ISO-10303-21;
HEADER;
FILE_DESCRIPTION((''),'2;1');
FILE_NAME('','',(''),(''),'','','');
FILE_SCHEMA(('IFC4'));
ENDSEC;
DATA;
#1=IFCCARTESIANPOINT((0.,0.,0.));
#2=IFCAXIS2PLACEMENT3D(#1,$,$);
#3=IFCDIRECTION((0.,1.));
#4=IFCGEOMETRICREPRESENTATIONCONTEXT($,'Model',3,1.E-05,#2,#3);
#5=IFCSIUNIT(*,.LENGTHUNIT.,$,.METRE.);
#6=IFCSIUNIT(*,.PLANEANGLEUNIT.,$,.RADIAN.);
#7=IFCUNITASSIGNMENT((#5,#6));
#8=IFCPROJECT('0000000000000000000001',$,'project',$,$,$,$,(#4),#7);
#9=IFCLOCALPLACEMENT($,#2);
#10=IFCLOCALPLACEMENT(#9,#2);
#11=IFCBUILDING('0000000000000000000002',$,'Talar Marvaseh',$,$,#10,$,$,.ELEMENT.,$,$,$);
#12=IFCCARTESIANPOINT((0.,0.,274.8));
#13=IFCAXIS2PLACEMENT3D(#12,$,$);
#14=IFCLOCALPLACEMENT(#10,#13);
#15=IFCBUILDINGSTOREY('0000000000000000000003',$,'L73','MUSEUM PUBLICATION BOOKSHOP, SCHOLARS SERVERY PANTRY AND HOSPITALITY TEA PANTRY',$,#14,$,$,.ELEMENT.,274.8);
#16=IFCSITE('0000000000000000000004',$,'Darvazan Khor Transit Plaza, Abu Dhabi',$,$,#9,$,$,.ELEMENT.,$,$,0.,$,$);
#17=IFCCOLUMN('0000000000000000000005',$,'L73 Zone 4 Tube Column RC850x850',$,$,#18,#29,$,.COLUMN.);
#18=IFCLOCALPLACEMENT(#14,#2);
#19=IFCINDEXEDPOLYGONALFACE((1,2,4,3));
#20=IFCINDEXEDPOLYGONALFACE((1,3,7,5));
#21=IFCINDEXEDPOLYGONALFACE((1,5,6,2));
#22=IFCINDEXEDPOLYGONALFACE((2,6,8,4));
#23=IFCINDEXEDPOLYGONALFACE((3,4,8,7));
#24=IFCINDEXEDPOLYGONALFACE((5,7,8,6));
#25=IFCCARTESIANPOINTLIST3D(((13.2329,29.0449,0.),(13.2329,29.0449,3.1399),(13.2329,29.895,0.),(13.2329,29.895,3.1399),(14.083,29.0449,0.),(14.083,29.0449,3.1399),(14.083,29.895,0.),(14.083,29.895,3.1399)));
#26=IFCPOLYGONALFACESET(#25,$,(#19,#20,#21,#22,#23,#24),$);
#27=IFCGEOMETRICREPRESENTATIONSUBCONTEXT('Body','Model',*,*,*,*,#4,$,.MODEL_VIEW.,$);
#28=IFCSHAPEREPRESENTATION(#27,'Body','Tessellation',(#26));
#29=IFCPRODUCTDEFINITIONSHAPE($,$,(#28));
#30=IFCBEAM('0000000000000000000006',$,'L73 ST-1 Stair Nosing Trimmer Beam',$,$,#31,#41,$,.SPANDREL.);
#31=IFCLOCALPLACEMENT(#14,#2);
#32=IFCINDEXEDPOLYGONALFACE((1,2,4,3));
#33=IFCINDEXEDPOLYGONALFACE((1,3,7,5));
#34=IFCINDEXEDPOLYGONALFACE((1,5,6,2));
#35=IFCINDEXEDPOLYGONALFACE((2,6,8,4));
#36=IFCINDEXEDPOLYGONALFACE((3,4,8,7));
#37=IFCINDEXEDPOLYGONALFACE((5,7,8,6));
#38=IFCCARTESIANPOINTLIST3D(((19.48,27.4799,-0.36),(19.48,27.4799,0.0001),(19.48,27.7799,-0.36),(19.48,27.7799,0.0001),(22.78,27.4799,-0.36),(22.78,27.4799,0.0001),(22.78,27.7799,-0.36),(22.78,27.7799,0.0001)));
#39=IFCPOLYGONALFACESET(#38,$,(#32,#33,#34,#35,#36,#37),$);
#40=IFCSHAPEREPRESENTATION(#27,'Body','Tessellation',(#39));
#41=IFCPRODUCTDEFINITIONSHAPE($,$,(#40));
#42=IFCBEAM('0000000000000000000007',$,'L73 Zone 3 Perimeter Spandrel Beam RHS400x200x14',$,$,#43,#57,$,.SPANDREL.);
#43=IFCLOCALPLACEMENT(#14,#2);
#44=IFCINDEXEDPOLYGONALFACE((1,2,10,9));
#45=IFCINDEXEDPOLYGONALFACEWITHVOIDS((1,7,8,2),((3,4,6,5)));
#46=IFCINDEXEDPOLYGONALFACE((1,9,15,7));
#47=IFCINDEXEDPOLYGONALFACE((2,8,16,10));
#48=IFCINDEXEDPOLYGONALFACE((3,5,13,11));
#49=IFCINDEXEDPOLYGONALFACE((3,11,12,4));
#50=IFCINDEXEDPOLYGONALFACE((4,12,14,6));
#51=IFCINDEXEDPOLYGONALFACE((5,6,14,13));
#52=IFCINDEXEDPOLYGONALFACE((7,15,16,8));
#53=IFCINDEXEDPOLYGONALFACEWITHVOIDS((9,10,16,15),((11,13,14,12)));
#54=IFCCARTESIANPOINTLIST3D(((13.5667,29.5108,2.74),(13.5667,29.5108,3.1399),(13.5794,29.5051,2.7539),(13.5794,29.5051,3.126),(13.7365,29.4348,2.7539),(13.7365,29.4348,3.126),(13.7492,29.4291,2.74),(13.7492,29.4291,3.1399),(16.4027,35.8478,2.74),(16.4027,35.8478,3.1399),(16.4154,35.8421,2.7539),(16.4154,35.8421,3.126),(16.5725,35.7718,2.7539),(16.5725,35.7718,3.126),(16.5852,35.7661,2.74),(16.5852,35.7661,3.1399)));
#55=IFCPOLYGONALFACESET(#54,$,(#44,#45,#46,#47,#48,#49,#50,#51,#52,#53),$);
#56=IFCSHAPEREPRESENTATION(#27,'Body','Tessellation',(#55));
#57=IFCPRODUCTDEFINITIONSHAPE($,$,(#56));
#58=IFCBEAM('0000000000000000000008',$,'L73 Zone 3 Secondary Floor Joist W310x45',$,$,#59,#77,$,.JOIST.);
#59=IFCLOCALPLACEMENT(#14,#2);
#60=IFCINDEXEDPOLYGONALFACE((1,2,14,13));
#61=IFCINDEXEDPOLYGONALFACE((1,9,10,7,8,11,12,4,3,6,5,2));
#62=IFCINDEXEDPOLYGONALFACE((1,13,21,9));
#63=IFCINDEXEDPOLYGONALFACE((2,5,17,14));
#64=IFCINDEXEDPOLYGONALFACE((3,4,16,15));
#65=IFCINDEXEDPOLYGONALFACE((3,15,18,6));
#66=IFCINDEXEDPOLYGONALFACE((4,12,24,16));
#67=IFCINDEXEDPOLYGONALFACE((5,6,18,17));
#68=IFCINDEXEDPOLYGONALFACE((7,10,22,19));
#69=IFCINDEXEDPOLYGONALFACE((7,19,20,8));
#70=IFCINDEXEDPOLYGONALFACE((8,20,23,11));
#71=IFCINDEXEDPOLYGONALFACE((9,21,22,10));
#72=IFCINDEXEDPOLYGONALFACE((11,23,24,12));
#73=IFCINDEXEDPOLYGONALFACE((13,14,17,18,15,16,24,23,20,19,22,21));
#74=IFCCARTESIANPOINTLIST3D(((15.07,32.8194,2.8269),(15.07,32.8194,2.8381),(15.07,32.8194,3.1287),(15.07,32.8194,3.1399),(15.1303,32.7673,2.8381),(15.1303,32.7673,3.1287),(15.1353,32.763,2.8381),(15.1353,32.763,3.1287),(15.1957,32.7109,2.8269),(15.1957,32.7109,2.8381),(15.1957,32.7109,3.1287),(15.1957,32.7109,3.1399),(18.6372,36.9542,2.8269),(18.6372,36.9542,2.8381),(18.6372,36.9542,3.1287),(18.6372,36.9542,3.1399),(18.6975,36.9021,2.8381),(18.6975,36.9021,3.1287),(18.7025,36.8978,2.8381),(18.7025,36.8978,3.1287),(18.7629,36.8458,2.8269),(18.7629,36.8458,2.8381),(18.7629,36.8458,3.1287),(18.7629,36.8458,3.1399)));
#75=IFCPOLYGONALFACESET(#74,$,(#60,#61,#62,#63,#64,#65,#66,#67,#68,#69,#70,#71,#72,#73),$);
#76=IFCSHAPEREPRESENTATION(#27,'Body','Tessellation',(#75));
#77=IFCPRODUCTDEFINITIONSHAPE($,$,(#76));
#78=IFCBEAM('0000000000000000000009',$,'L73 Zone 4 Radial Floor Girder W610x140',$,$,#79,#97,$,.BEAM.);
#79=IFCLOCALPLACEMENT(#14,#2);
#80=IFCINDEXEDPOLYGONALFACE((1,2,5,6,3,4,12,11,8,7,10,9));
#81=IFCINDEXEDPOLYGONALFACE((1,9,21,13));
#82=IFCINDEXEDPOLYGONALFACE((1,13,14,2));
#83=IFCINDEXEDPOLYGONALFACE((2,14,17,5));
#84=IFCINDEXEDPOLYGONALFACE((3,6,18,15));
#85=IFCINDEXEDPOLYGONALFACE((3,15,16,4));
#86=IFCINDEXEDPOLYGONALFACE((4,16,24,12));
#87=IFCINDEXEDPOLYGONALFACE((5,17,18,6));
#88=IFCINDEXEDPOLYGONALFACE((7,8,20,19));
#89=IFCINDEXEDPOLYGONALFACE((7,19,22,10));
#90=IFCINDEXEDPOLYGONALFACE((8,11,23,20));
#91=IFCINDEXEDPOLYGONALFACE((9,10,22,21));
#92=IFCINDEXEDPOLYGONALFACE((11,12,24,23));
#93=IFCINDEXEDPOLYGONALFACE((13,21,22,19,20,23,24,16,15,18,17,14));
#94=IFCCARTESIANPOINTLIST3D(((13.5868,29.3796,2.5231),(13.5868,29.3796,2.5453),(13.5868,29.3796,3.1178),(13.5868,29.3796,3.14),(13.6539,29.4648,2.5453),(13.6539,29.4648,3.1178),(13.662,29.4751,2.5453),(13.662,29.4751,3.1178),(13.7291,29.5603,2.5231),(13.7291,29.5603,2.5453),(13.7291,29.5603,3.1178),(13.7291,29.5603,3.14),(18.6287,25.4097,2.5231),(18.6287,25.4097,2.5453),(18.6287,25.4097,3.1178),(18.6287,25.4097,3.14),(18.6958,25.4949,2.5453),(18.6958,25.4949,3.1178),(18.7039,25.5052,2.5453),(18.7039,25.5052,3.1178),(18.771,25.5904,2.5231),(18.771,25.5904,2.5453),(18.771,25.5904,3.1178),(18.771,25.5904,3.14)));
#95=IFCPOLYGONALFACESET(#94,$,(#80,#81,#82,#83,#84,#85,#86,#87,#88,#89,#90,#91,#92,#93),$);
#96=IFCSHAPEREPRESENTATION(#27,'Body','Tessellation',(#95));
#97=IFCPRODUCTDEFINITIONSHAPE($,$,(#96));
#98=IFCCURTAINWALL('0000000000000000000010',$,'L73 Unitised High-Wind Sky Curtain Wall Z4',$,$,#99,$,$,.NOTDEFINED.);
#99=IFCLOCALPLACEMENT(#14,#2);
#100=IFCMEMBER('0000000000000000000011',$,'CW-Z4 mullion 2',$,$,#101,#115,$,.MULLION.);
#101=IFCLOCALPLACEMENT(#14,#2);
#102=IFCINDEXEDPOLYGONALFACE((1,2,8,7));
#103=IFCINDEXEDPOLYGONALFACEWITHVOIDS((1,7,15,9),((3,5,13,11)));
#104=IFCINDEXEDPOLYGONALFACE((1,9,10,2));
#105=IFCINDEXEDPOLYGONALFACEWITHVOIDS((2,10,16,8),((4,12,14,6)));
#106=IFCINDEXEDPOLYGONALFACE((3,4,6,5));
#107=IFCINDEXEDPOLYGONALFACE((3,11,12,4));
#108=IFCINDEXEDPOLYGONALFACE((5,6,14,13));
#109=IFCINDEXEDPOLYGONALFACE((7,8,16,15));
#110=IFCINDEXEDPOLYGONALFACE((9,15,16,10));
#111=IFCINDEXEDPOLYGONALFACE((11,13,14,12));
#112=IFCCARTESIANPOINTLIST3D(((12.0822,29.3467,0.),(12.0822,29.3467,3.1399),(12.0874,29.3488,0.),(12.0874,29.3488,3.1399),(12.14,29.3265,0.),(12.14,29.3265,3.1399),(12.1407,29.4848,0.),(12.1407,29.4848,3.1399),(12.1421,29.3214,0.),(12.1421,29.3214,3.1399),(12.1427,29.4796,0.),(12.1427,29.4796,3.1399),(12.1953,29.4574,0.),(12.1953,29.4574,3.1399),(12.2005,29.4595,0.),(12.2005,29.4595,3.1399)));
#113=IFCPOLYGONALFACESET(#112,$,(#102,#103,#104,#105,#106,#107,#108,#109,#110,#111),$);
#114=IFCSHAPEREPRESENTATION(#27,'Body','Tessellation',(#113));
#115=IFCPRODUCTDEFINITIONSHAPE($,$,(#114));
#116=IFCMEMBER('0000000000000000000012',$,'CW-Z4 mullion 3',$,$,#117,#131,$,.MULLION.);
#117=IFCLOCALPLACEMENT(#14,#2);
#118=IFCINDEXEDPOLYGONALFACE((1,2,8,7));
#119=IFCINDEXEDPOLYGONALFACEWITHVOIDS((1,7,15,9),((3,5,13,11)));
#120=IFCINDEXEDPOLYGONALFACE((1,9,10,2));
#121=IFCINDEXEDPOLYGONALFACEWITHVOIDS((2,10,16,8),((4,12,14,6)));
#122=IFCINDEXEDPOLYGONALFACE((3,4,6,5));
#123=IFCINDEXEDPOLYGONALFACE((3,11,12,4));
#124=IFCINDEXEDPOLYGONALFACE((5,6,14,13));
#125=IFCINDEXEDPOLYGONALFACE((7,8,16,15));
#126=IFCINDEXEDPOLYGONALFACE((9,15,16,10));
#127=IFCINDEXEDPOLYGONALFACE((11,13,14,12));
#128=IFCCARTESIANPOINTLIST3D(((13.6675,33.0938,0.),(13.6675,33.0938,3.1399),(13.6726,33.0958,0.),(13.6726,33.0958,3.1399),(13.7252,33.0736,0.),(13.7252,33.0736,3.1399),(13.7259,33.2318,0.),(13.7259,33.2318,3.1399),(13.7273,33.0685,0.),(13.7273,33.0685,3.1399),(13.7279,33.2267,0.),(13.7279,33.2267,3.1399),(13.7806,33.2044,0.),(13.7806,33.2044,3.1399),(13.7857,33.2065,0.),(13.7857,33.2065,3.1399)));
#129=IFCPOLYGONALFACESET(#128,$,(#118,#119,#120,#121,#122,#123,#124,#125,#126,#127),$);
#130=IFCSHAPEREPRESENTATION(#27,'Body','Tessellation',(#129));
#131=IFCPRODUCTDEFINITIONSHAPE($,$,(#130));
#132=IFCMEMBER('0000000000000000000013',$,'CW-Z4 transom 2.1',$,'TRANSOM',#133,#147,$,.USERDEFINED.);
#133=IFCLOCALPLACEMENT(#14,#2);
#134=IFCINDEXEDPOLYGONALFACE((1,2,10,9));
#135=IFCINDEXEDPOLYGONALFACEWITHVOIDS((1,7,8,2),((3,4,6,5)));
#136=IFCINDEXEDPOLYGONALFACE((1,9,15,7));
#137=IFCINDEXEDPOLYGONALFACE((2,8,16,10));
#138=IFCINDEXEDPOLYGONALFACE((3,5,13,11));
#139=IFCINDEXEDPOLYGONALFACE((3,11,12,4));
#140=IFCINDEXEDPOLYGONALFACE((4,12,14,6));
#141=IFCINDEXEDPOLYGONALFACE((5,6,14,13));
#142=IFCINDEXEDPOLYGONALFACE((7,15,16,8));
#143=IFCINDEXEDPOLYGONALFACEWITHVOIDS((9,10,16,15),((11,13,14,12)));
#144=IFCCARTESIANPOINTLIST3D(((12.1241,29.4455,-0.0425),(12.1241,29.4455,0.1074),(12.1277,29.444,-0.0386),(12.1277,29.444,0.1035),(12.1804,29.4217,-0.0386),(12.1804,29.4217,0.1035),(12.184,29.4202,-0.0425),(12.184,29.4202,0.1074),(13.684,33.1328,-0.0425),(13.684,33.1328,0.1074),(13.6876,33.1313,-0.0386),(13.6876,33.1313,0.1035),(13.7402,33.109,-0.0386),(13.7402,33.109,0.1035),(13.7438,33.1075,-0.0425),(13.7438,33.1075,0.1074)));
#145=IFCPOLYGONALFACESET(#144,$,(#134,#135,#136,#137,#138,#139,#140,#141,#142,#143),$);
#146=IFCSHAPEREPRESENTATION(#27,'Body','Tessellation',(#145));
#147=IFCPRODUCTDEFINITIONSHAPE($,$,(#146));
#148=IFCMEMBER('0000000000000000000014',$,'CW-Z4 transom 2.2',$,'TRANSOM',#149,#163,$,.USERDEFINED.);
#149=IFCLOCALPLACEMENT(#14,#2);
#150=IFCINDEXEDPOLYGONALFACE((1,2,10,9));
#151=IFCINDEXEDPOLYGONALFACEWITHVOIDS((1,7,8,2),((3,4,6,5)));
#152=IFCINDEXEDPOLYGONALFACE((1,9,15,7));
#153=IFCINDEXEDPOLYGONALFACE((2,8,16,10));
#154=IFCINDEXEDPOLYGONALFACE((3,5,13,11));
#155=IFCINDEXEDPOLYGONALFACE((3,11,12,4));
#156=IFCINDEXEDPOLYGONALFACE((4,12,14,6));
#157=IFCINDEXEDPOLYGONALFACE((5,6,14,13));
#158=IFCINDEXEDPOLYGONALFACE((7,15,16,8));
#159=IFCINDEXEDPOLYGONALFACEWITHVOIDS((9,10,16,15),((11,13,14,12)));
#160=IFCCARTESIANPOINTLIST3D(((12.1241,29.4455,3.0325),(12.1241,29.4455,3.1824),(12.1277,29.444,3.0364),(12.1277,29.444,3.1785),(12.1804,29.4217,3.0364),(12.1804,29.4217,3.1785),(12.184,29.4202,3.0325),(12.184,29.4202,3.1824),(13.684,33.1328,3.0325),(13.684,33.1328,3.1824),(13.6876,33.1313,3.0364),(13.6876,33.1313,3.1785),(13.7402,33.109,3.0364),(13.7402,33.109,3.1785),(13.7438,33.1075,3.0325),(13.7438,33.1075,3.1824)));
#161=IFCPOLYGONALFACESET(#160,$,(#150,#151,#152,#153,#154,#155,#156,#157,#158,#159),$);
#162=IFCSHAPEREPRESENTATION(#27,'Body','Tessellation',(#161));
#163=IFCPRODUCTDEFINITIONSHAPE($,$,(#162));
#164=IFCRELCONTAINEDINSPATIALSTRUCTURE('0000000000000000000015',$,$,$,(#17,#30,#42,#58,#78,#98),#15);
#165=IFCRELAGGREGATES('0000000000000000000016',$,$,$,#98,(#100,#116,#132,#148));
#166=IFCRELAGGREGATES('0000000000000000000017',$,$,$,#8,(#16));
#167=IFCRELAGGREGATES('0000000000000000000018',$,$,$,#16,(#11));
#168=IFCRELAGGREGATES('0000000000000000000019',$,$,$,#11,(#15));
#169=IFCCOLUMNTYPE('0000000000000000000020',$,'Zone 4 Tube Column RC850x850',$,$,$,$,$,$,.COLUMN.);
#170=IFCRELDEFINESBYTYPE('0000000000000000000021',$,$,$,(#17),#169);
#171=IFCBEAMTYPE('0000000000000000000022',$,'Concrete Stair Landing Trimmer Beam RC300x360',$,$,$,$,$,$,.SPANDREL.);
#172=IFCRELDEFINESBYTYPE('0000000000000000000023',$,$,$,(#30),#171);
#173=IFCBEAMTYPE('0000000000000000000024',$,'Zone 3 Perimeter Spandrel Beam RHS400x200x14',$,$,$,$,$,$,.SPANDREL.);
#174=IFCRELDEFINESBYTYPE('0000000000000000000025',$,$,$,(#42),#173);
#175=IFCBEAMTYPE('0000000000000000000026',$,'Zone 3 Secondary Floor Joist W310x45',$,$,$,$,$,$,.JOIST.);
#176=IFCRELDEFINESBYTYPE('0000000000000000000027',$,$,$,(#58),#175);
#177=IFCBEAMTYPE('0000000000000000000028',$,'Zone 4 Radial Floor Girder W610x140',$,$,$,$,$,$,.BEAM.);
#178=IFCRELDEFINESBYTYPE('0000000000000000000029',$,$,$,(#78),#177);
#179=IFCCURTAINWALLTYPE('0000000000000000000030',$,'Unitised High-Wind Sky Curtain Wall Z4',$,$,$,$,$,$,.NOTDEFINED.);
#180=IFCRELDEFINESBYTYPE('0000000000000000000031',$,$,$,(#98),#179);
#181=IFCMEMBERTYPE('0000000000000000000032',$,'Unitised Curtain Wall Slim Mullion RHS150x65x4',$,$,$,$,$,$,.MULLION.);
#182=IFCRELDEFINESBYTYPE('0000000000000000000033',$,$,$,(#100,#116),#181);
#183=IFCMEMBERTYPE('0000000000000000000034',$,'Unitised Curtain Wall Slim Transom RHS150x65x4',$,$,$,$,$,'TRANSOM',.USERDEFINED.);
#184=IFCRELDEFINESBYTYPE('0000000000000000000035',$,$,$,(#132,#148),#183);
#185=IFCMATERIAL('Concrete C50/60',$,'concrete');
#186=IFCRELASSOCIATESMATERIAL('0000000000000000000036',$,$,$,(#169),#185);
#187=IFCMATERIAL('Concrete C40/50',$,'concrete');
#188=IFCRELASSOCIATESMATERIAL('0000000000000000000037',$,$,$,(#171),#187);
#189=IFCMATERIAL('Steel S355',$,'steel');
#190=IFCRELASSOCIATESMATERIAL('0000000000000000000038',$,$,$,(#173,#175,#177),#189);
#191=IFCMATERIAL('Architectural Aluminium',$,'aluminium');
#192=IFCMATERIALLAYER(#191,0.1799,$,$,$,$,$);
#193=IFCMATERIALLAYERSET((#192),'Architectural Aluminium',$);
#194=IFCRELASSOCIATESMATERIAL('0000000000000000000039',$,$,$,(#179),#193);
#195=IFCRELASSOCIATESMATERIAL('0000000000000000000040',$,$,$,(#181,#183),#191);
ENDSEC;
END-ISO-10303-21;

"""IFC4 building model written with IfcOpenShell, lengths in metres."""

from ifc_helpers import new_model, si_unit, direction, frame, origin, origin_2d, place, context, subcontext, project, spatial, rectangle, hollow_rectangle, i_section, extrude, source, transform, mapped, material, layer, layer_set, material_profile, profile_set, type_object, type_shapes, element, aggregate, save


model = new_model("IFC4")

# Units and contexts
model_context = context("Model", 3, precision=1e-05, world=origin(), true_north=direction((0.0, 1.0)))
body_context = subcontext(model_context, "Body", "Model", "MODEL_VIEW")
ifc_project = project(units=[si_unit("LENGTHUNIT", "METRE"), si_unit("PLANEANGLEUNIT", "RADIAN")], contexts=[model_context])

# Site, building, storey
site_placement = place(None, origin())
site = spatial("IfcSite", under=ifc_project, at=site_placement, Name="Darvazan Khor Transit Plaza, Abu Dhabi", CompositionType="ELEMENT", RefElevation=0.0)
building_placement = place(site_placement, origin())
building = spatial("IfcBuilding", under=site, at=building_placement, Name="Talar Marvaseh", CompositionType="ELEMENT")
storey_placement = place(building_placement, frame((0.0, 0.0, 274.8)))
storey = spatial("IfcBuildingStorey", under=building, at=storey_placement, Name="L73", Description="MUSEUM PUBLICATION BOOKSHOP, SCHOLARS SERVERY PANTRY AND HOSPITALITY TEA PANTRY", CompositionType="ELEMENT", Elevation=274.8)

# Column
ifc_material_1 = material(Name="Concrete C50/60", Category="concrete")
ifc_material_profile_1 = material_profile(ifc_material_1, rectangle(XDim=0.8501, YDim=0.8501, at=origin_2d()), Name="RC850x850")
ifc_profile_set_1 = profile_set([ifc_material_profile_1], Name="Concrete C50/60")
column_type = type_object("IfcColumnType", Name="Zone 4 Tube Column RC850x850", PredefinedType="COLUMN", material=ifc_profile_set_1)
column_placement = place(storey_placement, frame((13.658, 29.47, 0.0), z_axis=(0.0, 0.0, 1.0), x_axis=(1.0, 0.0, 0.0)))
element("IfcColumn", 1, at=column_placement, inside=storey, type_object=column_type, Name="L73 Zone 4 Tube Column RC850x850", PredefinedType="COLUMN", context=body_context, shape_type="SweptSolid", body=[
    extrude(rectangle(XDim=0.8501, YDim=0.8501, at=origin_2d()), origin(), (0.0, 0.0, 1.0), 3.1399),
])

# Beams
ifc_material_2 = material(Name="Concrete C40/50", Category="concrete")
ifc_material_profile_2 = material_profile(ifc_material_2, rectangle(XDim=0.3, YDim=0.3601, at=origin_2d()), Name="RC300x360")
ifc_profile_set_2 = profile_set([ifc_material_profile_2], Name="Concrete C40/50")
beam_type_1 = type_object("IfcBeamType", Name="Concrete Stair Landing Trimmer Beam RC300x360", PredefinedType="SPANDREL", material=ifc_profile_set_2)
beam_1_placement = place(storey_placement, frame((22.78, 27.6299, -0.1799), z_axis=(-1.0, 0.0, 0.0), x_axis=(0.0, -1.0, 0.0)))
element("IfcBeam", 2, at=beam_1_placement, inside=storey, type_object=beam_type_1, Name="L73 ST-1 Stair Nosing Trimmer Beam", PredefinedType="SPANDREL", context=body_context, shape_type="SweptSolid", body=[
    extrude(rectangle(XDim=0.3, YDim=0.3601, at=origin_2d()), origin(), (0.0, 0.0, 1.0), 3.3),
])
ifc_material_3 = material(Name="Steel S355", Category="steel")
ifc_material_profile_3 = material_profile(ifc_material_3, hollow_rectangle(XDim=0.2, YDim=0.3999, WallThickness=0.0139, at=origin_2d()), Name="RHS400x200x14")
ifc_profile_set_3 = profile_set([ifc_material_profile_3], Name="Steel S355")
beam_type_2 = type_object("IfcBeamType", Name="Zone 3 Perimeter Spandrel Beam RHS400x200x14", PredefinedType="SPANDREL", material=ifc_profile_set_3)
beam_2_placement = place(storey_placement, frame((13.658, 29.47, 2.9399), z_axis=(0.408486, 0.912764, 0.0), x_axis=(-0.912764, 0.408486, 0.0)))
element("IfcBeam", 3, at=beam_2_placement, inside=storey, type_object=beam_type_2, Name="L73 Zone 3 Perimeter Spandrel Beam RHS400x200x14", PredefinedType="SPANDREL", context=body_context, shape_type="SweptSolid", body=[
    extrude(hollow_rectangle(XDim=0.2, YDim=0.3999, WallThickness=0.0139, at=origin_2d()), origin(), (0.0, 0.0, 1.0), 6.9426),
])
ifc_material_profile_4 = material_profile(ifc_material_3, i_section(OverallWidth=0.166, OverallDepth=0.313, WebThickness=0.0066, FlangeThickness=0.0112, at=origin_2d()), Name="W310x45")
ifc_profile_set_4 = profile_set([ifc_material_profile_4], Name="Steel S355")
beam_type_3 = type_object("IfcBeamType", Name="Zone 3 Secondary Floor Joist W310x45", PredefinedType="JOIST", material=ifc_profile_set_4)
beam_3_placement = place(storey_placement, frame((15.1328, 32.7651, 2.9834), z_axis=(0.653222, 0.757167, 0.0), x_axis=(-0.757167, 0.653222, 0.0)))
element("IfcBeam", 4, at=beam_3_placement, inside=storey, type_object=beam_type_3, Name="L73 Zone 3 Secondary Floor Joist W310x45", PredefinedType="JOIST", context=body_context, shape_type="SweptSolid", body=[
    extrude(i_section(OverallWidth=0.166, OverallDepth=0.313, WebThickness=0.0066, FlangeThickness=0.0112, at=origin_2d()), origin(), (0.0, 0.0, 1.0), 5.4609),
])
ifc_material_profile_5 = material_profile(ifc_material_3, i_section(OverallWidth=0.23, OverallDepth=0.6169, WebThickness=0.0132, FlangeThickness=0.0222, at=origin_2d()), Name="W610x140")
ifc_profile_set_5 = profile_set([ifc_material_profile_5], Name="Steel S355")
beam_type_4 = type_object("IfcBeamType", Name="Zone 4 Radial Floor Girder W610x140", PredefinedType="BEAM", material=ifc_profile_set_5)
beam_4_placement = place(storey_placement, frame((13.658, 29.47, 2.8315), z_axis=(0.785682, -0.618631, 0.0), x_axis=(0.618631, 0.785682, 0.0)))
element("IfcBeam", 5, at=beam_4_placement, inside=storey, type_object=beam_type_4, Name="L73 Zone 4 Radial Floor Girder W610x140", PredefinedType="BEAM", context=body_context, shape_type="SweptSolid", body=[
    extrude(i_section(OverallWidth=0.23, OverallDepth=0.6169, WebThickness=0.0132, FlangeThickness=0.0222, at=origin_2d()), origin(), (0.0, 0.0, 1.0), 6.4172),
])

# Curtain wall, members
ifc_material_4 = material(Name="Architectural Aluminium", Category="aluminium")
ifc_layer_1 = layer(ifc_material_4, 0.1799)
ifc_layer_set_1 = layer_set([ifc_layer_1], Name="Architectural Aluminium")
curtain_wall_type = type_object("IfcCurtainWallType", Name="Unitised High-Wind Sky Curtain Wall Z4", PredefinedType="NOTDEFINED", material=ifc_layer_set_1)
curtain_wall_placement = place(storey_placement, origin())
curtain_wall = element("IfcCurtainWall", 6, at=curtain_wall_placement, inside=storey, type_object=curtain_wall_type, Name="L73 Unitised High-Wind Sky Curtain Wall Z4", PredefinedType="NOTDEFINED")
ifc_material_profile_6 = material_profile(ifc_material_4, hollow_rectangle(XDim=0.0649, YDim=0.1499, WallThickness=0.0039, at=origin_2d()), Name="RHS150x65x4")
ifc_profile_set_6 = profile_set([ifc_material_profile_6], Name="Architectural Aluminium")
member_type_1 = type_object("IfcMemberType", Name="Unitised Curtain Wall Slim Mullion RHS150x65x4", PredefinedType="MULLION", material=ifc_profile_set_6)
shared_shape_1 = source(origin(), body_context, "Body", "SweptSolid", [
    extrude(hollow_rectangle(XDim=0.0649, YDim=0.1499, WallThickness=0.0039, at=origin_2d()), origin(), (0.0, 0.0, 1.0), 3.1399),
])
type_shapes(member_type_1, [shared_shape_1])
member_1_placement = place(storey_placement, frame((12.1414, 29.4031, 0.0), z_axis=(0.0, 0.0, 1.0), x_axis=(-0.920968, 0.389638, 0.0)))
member_1 = element("IfcMember", 7, at=member_1_placement, type_object=member_type_1, Name="CW-Z4 mullion 2", PredefinedType="MULLION", context=body_context, shape_type="MappedRepresentation", body=[
    mapped(shared_shape_1, transform((0.0, 0.0, 0.0), x_axis=(1.0, 0.0, 0.0), y_axis=(0.0, 1.0, 0.0), z_axis=(0.0, 0.0, 1.0), scale=1.0)),
])
member_2_placement = place(storey_placement, frame((13.7266, 33.1501, 0.0), z_axis=(0.0, 0.0, 1.0), x_axis=(-0.920968, 0.389638, 0.0)))
member_2 = element("IfcMember", 8, at=member_2_placement, type_object=member_type_1, Name="CW-Z4 mullion 3", PredefinedType="MULLION", context=body_context, shape_type="MappedRepresentation", body=[
    mapped(shared_shape_1, transform((0.0, 0.0, 0.0), x_axis=(1.0, 0.0, 0.0), y_axis=(0.0, 1.0, 0.0), z_axis=(0.0, 0.0, 1.0), scale=1.0)),
])
ifc_material_profile_7 = material_profile(ifc_material_4, hollow_rectangle(XDim=0.0649, YDim=0.1499, WallThickness=0.0039, at=origin_2d()), Name="RHS150x65x4")
ifc_profile_set_7 = profile_set([ifc_material_profile_7], Name="Architectural Aluminium")
member_type_2 = type_object("IfcMemberType", Name="Unitised Curtain Wall Slim Transom RHS150x65x4", ElementType="TRANSOM", PredefinedType="USERDEFINED", material=ifc_profile_set_7)
shared_shape_2 = source(origin(), body_context, "Body", "SweptSolid", [
    extrude(hollow_rectangle(XDim=0.0649, YDim=0.1499, WallThickness=0.0039, at=origin_2d()), origin(), (0.0, 0.0, 1.0), 4.0037),
])
member_3_placement = place(storey_placement, frame((12.1541, 29.4329, 0.0325), z_axis=(0.389602, 0.920983, 0.0), x_axis=(-0.920983, 0.389602, 0.0)))
member_3 = element("IfcMember", 9, at=member_3_placement, type_object=member_type_2, Name="CW-Z4 transom 2.1", ObjectType="TRANSOM", PredefinedType="USERDEFINED", context=body_context, shape_type="MappedRepresentation", body=[
    mapped(shared_shape_2, transform((0.0, 0.0, 0.0), x_axis=(1.0, 0.0, 0.0), y_axis=(0.0, 1.0, 0.0), z_axis=(0.0, 0.0, 1.0), scale=1.0)),
])
member_4_placement = place(storey_placement, frame((12.1541, 29.4329, 3.1074), z_axis=(0.389602, 0.920983, 0.0), x_axis=(-0.920983, 0.389602, 0.0)))
member_4 = element("IfcMember", 10, at=member_4_placement, type_object=member_type_2, Name="CW-Z4 transom 2.2", ObjectType="TRANSOM", PredefinedType="USERDEFINED", context=body_context, shape_type="MappedRepresentation", body=[
    mapped(shared_shape_2, transform((0.0, 0.0, 0.0), x_axis=(1.0, 0.0, 0.0), y_axis=(0.0, 1.0, 0.0), z_axis=(0.0, 0.0, 1.0), scale=1.0)),
])
aggregate(curtain_wall, [member_1, member_2, member_3, member_4])

save(model, "model.ifc")
